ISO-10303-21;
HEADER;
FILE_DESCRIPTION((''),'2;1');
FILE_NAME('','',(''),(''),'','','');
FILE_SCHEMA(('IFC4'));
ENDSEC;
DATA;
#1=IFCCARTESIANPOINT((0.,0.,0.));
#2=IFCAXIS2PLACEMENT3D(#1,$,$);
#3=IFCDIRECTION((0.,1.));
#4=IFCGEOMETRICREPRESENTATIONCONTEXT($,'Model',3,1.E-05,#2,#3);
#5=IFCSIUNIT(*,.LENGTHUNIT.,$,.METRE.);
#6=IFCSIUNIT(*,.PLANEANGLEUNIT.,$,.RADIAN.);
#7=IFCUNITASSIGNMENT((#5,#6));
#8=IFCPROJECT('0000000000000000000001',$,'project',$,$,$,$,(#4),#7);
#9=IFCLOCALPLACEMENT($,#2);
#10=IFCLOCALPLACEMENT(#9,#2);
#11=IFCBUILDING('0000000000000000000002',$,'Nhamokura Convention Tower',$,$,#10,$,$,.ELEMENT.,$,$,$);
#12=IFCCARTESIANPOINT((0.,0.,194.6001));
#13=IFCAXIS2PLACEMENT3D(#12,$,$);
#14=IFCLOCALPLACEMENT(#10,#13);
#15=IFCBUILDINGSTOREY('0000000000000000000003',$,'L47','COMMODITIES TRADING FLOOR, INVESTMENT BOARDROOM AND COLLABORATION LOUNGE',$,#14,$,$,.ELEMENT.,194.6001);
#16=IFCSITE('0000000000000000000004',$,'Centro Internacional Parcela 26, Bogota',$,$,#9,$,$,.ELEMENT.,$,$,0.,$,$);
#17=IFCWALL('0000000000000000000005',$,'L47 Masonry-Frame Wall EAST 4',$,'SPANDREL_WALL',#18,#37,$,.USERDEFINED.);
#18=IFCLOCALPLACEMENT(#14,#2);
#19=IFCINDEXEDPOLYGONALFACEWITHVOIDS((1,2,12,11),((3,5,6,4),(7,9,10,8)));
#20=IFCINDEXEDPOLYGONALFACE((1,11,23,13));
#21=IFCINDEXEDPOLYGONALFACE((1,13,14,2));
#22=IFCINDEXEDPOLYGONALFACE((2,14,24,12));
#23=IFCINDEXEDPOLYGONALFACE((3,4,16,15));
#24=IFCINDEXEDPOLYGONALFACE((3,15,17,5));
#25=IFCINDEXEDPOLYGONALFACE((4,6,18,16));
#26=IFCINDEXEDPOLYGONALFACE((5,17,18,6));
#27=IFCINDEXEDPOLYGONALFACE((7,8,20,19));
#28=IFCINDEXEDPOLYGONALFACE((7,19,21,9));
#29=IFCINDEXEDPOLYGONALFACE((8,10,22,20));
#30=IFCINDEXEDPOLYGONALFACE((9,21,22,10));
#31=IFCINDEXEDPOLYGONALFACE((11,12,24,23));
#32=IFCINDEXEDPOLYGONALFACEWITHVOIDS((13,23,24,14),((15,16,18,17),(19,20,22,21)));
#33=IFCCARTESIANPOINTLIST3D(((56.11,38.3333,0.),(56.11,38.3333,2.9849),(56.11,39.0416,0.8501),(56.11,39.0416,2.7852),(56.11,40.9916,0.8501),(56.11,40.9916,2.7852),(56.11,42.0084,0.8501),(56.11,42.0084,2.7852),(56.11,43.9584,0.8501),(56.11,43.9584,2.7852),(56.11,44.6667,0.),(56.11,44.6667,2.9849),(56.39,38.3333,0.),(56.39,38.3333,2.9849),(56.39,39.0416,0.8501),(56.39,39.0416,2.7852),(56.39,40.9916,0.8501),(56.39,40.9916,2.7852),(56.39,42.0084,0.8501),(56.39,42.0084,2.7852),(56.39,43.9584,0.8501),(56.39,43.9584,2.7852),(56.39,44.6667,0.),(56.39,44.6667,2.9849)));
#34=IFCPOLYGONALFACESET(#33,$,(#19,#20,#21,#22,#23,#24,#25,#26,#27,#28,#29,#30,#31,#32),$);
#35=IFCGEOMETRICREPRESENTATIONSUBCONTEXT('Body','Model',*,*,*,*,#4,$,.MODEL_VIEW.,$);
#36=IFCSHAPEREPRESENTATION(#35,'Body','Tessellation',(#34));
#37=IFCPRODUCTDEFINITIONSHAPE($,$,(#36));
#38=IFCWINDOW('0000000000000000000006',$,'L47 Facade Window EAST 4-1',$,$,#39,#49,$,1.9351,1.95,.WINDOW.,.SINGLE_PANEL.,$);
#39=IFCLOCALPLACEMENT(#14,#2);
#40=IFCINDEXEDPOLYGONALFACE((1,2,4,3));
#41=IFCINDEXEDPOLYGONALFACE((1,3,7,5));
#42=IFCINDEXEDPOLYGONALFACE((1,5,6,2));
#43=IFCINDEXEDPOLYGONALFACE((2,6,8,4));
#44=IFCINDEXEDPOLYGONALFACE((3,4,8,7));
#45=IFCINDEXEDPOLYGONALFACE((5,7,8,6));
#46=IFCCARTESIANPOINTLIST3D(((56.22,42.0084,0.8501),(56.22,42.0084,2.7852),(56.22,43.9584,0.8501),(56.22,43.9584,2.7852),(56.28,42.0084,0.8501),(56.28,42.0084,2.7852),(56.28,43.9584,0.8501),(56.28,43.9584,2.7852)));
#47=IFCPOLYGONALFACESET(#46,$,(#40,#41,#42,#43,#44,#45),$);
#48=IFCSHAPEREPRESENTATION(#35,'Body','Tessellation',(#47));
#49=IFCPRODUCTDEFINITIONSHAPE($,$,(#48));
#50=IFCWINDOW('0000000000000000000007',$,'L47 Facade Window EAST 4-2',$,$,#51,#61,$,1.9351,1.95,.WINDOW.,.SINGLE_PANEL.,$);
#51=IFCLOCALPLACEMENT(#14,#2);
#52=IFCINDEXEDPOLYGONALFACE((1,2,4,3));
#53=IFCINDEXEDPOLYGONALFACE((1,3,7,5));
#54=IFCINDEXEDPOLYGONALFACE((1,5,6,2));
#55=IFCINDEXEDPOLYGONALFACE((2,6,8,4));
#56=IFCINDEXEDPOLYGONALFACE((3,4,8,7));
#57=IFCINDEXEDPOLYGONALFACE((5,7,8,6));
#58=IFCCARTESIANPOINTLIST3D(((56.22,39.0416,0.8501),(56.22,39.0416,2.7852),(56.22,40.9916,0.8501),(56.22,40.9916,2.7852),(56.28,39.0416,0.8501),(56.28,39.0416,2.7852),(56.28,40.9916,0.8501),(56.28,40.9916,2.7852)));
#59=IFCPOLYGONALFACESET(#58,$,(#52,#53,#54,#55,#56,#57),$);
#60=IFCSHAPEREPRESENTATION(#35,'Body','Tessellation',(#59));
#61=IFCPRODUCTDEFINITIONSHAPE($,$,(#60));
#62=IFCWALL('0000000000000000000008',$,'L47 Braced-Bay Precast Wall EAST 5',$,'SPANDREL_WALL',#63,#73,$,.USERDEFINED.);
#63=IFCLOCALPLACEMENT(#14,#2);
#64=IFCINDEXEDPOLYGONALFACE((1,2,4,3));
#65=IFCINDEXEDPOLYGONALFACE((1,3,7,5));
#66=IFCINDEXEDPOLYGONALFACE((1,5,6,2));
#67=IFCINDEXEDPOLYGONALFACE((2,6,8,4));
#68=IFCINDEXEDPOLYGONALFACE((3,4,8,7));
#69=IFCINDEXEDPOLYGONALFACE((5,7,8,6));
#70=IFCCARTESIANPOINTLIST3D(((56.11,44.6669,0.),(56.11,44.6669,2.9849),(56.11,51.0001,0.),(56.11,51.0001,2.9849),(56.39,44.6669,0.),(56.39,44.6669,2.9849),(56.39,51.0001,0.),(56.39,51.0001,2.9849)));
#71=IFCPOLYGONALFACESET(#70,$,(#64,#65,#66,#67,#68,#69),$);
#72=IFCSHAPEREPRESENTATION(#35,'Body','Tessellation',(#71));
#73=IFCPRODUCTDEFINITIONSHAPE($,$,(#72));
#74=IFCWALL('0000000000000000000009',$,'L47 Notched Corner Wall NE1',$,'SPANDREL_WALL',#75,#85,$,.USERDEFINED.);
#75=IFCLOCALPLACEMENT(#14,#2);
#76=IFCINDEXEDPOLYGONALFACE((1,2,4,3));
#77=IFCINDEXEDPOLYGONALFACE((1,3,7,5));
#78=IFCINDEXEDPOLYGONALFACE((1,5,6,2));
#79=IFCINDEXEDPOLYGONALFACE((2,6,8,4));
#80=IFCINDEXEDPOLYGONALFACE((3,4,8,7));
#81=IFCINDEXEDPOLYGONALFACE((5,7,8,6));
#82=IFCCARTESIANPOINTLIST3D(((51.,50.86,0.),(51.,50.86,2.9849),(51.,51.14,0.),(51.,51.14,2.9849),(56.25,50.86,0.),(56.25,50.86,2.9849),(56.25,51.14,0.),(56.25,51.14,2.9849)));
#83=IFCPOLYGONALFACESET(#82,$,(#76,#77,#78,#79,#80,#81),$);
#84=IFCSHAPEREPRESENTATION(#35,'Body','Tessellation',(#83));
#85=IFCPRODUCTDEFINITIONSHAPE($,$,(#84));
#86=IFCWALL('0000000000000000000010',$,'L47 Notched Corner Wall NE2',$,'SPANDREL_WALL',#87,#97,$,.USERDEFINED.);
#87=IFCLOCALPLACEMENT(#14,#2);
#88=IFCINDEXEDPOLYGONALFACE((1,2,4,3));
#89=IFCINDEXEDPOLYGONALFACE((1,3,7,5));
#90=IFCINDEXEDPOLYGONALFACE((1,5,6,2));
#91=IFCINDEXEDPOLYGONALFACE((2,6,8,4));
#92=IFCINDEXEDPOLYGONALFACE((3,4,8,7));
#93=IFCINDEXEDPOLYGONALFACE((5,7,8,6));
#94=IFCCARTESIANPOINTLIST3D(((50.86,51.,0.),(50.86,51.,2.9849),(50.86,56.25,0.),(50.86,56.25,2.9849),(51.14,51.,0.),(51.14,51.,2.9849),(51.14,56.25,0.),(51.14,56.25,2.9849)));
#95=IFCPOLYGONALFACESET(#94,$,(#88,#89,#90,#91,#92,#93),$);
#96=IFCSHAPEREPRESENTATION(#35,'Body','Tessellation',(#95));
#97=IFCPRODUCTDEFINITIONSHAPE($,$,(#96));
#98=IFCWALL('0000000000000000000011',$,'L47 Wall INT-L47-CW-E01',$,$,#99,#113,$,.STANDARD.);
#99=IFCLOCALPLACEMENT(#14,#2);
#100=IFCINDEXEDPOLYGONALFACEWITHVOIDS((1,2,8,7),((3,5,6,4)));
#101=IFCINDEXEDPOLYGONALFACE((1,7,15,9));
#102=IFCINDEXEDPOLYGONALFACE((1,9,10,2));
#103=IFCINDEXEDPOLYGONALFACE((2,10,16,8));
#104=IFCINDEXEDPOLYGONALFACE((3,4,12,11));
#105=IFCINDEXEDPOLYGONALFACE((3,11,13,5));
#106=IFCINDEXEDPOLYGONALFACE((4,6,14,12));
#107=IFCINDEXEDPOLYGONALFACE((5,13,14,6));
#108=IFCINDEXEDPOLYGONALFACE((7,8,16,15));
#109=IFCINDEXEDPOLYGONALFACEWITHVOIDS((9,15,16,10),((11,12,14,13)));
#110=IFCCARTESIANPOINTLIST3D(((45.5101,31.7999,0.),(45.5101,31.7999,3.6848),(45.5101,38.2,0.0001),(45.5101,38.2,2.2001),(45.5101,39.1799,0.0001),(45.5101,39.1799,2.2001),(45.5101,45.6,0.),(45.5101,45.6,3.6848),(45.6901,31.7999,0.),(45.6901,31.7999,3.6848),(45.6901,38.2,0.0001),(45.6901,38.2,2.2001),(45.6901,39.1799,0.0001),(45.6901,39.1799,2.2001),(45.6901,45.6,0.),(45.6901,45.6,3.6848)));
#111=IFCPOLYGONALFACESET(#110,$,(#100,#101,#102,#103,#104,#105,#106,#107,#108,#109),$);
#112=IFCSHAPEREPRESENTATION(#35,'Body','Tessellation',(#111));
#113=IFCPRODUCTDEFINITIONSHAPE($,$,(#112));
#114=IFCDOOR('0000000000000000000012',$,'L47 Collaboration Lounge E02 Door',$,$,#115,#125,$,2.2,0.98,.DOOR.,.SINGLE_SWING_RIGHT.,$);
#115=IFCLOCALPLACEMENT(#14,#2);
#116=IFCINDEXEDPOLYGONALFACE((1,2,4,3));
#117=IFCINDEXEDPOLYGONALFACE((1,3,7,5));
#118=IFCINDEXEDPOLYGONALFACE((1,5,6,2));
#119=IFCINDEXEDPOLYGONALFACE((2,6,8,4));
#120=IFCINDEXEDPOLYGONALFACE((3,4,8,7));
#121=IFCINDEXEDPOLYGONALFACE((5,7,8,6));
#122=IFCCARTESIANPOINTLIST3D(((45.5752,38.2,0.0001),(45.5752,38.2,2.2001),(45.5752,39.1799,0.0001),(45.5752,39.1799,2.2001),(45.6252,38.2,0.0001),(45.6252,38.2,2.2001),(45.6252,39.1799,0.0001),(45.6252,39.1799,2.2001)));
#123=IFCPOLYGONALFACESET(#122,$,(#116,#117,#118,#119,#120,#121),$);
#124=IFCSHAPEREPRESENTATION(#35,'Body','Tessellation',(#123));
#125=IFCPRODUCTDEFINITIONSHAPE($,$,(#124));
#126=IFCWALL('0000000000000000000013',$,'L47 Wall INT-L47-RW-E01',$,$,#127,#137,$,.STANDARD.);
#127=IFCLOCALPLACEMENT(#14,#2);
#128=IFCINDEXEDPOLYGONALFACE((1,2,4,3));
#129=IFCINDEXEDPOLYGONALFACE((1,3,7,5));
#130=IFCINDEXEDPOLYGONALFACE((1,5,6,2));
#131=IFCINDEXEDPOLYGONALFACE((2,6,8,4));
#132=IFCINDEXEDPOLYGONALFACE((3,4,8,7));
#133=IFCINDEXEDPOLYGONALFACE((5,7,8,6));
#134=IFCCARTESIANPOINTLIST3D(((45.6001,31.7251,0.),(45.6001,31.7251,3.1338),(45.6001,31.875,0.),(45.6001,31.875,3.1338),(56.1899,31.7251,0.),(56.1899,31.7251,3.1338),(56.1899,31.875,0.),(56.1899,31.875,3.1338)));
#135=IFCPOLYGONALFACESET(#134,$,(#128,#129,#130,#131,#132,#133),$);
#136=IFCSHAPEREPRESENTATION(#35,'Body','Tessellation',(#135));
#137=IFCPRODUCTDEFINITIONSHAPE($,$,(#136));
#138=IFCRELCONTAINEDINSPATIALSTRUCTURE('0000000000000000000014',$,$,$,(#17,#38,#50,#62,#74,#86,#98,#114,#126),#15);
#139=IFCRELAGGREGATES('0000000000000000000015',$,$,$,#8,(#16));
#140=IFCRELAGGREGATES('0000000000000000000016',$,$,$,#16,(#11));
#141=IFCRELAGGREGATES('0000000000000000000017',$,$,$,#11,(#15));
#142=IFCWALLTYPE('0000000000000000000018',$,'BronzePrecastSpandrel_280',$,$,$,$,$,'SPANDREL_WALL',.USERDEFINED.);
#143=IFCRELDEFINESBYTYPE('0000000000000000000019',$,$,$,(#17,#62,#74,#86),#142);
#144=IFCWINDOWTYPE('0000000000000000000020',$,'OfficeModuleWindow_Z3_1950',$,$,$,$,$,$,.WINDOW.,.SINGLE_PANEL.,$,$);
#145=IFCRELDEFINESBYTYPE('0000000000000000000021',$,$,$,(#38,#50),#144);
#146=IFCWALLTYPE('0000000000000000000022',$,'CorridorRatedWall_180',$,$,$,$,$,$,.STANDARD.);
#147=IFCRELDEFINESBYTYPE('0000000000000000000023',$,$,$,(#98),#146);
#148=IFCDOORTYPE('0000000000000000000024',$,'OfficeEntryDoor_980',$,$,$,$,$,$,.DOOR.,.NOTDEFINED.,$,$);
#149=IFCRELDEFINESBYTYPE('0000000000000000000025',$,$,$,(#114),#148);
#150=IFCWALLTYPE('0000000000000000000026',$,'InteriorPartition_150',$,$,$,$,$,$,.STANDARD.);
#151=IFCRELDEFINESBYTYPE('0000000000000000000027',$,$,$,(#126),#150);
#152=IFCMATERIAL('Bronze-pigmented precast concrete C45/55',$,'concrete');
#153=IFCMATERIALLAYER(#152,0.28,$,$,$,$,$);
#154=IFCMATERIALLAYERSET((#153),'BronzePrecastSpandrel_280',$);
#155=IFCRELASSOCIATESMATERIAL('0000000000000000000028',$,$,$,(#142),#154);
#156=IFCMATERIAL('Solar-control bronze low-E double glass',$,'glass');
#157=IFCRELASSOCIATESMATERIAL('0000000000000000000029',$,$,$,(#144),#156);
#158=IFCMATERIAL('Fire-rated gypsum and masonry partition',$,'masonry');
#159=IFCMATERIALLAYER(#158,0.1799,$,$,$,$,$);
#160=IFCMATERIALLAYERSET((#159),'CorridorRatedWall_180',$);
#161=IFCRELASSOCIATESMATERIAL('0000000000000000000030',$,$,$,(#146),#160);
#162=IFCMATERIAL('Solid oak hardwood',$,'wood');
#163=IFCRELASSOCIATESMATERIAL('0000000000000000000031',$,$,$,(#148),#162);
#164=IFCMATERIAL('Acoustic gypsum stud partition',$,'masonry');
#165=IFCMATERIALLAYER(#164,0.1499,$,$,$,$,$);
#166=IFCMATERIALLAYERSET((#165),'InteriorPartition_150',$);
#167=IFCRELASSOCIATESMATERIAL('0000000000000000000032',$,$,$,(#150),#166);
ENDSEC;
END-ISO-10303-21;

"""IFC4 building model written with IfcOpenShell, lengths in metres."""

from ifc_helpers import new_model, si_unit, direction, frame, frame_2d, origin, place, context, subcontext, project, spatial, rectangle, extrude, material, layer, layer_set, type_object, element, fill, save


model = new_model("IFC4")

# Units and contexts
model_context = context("Model", 3, precision=1e-05, world=origin(), true_north=direction((0.0, 1.0)))
body_context = subcontext(model_context, "Body", "Model", "MODEL_VIEW")
ifc_project = project(units=[si_unit("LENGTHUNIT", "METRE"), si_unit("PLANEANGLEUNIT", "RADIAN")], contexts=[model_context])

# Site, building, storey
site_placement = place(None, origin())
site = spatial("IfcSite", under=ifc_project, at=site_placement, Name="Centro Internacional Parcela 26, Bogota", CompositionType="ELEMENT", RefElevation=0.0)
building_placement = place(site_placement, origin())
building = spatial("IfcBuilding", under=site, at=building_placement, Name="Nhamokura Convention Tower", CompositionType="ELEMENT")
storey_placement = place(building_placement, frame((0.0, 0.0, 194.6001)))
storey = spatial("IfcBuildingStorey", under=building, at=storey_placement, Name="L47", Description="COMMODITIES TRADING FLOOR, INVESTMENT BOARDROOM AND COLLABORATION LOUNGE", CompositionType="ELEMENT", Elevation=194.6001)

# Shared definitions
ifc_material_1 = material(Name="Bronze-pigmented precast concrete C45/55", Category="concrete")
ifc_layer_1 = layer(ifc_material_1, 0.28)
ifc_layer_set_1 = layer_set([ifc_layer_1], Name="BronzePrecastSpandrel_280")
wall_type_1 = type_object("IfcWallType", Name="BronzePrecastSpandrel_280", ElementType="SPANDREL_WALL", PredefinedType="USERDEFINED", material=ifc_layer_set_1)

# Wall, openings, windows
wall_1_placement = place(storey_placement, frame((56.25, 44.6667, 0.0), z_axis=(0.0, 0.0, 1.0), x_axis=(0.0, -1.0, 0.0)))
wall_1 = element("IfcWall", 1, at=wall_1_placement, inside=storey, type_object=wall_type_1, Name="L47 Masonry-Frame Wall EAST 4", ObjectType="SPANDREL_WALL", PredefinedType="USERDEFINED", context=body_context, shape_type="SweptSolid", body=[
    extrude(rectangle(XDim=6.3335, YDim=0.28, at=frame_2d((3.1667, 0.0))), origin(), (0.0, 0.0, 1.0), 2.9849),
])
opening_1_placement = place(wall_1_placement, frame((0.7083, 0.0, 0.8501)))
opening_1 = element("IfcOpeningElement", 2, at=opening_1_placement, cuts=wall_1, PredefinedType="OPENING", context=body_context, shape_type="SweptSolid", body=[
    extrude(rectangle(XDim=1.95, YDim=1.9351, at=frame_2d((0.9751, 0.9675))), frame((0.0, 0.1499, 0.0), z_axis=(0.0, -1.0, 0.0), x_axis=(1.0, 0.0, 0.0)), (0.0, 0.0, 1.0), 0.3),
])
opening_2_placement = place(wall_1_placement, frame((3.675, 0.0, 0.8501)))
opening_2 = element("IfcOpeningElement", 3, at=opening_2_placement, cuts=wall_1, PredefinedType="OPENING", context=body_context, shape_type="SweptSolid", body=[
    extrude(rectangle(XDim=1.95, YDim=1.9351, at=frame_2d((0.9751, 0.9675))), frame((0.0, 0.1499, 0.0), z_axis=(0.0, -1.0, 0.0), x_axis=(1.0, 0.0, 0.0)), (0.0, 0.0, 1.0), 0.3),
])
ifc_material_2 = material(Name="Solar-control bronze low-E double glass", Category="glass")
window_type_1 = type_object("IfcWindowType", Name="OfficeModuleWindow_Z3_1950", PartitioningType="SINGLE_PANEL", PredefinedType="WINDOW", material=ifc_material_2)
window_1_placement = place(opening_1_placement, origin())
window_1 = element("IfcWindow", 4, at=window_1_placement, inside=storey, type_object=window_type_1, Name="L47 Facade Window EAST 4-1", OverallHeight=1.9351, OverallWidth=1.95, PartitioningType="SINGLE_PANEL", PredefinedType="WINDOW", context=body_context, shape_type="SweptSolid", body=[
    extrude(rectangle(XDim=1.95, YDim=1.9351, at=frame_2d((0.9751, 0.9675))), frame((0.0, 0.03, 0.0), z_axis=(0.0, -1.0, 0.0), x_axis=(1.0, 0.0, 0.0)), (0.0, 0.0, 1.0), 0.0601),
])
fill(opening_1, window_1)
window_2_placement = place(opening_2_placement, origin())
window_2 = element("IfcWindow", 5, at=window_2_placement, inside=storey, type_object=window_type_1, Name="L47 Facade Window EAST 4-2", OverallHeight=1.9351, OverallWidth=1.95, PartitioningType="SINGLE_PANEL", PredefinedType="WINDOW", context=body_context, shape_type="SweptSolid", body=[
    extrude(rectangle(XDim=1.95, YDim=1.9351, at=frame_2d((0.9751, 0.9675))), frame((0.0, 0.03, 0.0), z_axis=(0.0, -1.0, 0.0), x_axis=(1.0, 0.0, 0.0)), (0.0, 0.0, 1.0), 0.0601),
])
fill(opening_2, window_2)

# Walls
wall_2_placement = place(storey_placement, frame((56.25, 51.0, 0.0), z_axis=(0.0, 0.0, 1.0), x_axis=(0.0, -1.0, 0.0)))
element("IfcWall", 6, at=wall_2_placement, inside=storey, type_object=wall_type_1, Name="L47 Braced-Bay Precast Wall EAST 5", ObjectType="SPANDREL_WALL", PredefinedType="USERDEFINED", context=body_context, shape_type="SweptSolid", body=[
    extrude(rectangle(XDim=6.3333, YDim=0.28, at=frame_2d((3.1665, 0.0))), origin(), (0.0, 0.0, 1.0), 2.9849),
])
for number, where, z_axis, x_axis, name in (
    (7, (51.0, 51.0, 0.0), (0.0, 0.0, 1.0), (1.0, 0.0, 0.0), "L47 Notched Corner Wall NE1"),
    (8, (51.0, 56.25, 0.0), (0.0, 0.0, 1.0), (0.0, -1.0, 0.0), "L47 Notched Corner Wall NE2"),
):
    element("IfcWall", number, at=place(storey_placement, frame(where, z_axis=z_axis, x_axis=x_axis)), inside=storey, type_object=wall_type_1, Name=name, ObjectType="SPANDREL_WALL", PredefinedType="USERDEFINED", context=body_context, shape_type="SweptSolid", body=[
        extrude(rectangle(XDim=5.25, YDim=0.28, at=frame_2d((2.625, 0.0))), origin(), (0.0, 0.0, 1.0), 2.9849),
    ])

# Wall, opening, door
ifc_material_3 = material(Name="Fire-rated gypsum and masonry partition", Category="masonry")
ifc_layer_2 = layer(ifc_material_3, 0.1799)
ifc_layer_set_2 = layer_set([ifc_layer_2], Name="CorridorRatedWall_180")
wall_type_2 = type_object("IfcWallType", Name="CorridorRatedWall_180", PredefinedType="STANDARD", material=ifc_layer_set_2)
wall_3_placement = place(storey_placement, frame((45.6001, 31.8, 0.0), z_axis=(0.0, 0.0, 1.0), x_axis=(0.0, 1.0, 0.0)))
wall_3 = element("IfcWall", 9, at=wall_3_placement, inside=storey, type_object=wall_type_2, Name="L47 Wall INT-L47-CW-E01", PredefinedType="STANDARD", context=body_context, shape_type="SweptSolid", body=[
    extrude(rectangle(XDim=13.8, YDim=0.1799, at=frame_2d((6.8999, 0.0))), origin(), (0.0, 0.0, 1.0), 3.6848),
])
opening_3_placement = place(wall_3_placement, frame((6.3999, 0.0, 0.0)))
opening_3 = element("IfcOpeningElement", 10, at=opening_3_placement, cuts=wall_3, PredefinedType="OPENING", context=body_context, shape_type="SweptSolid", body=[
    extrude(rectangle(XDim=0.98, YDim=2.2, at=frame_2d((0.49, 1.1001))), frame((0.0, 0.0999, 0.0), z_axis=(0.0, -1.0, 0.0), x_axis=(1.0, 0.0, 0.0)), (0.0, 0.0, 1.0), 0.2),
])
ifc_material_4 = material(Name="Solid oak hardwood", Category="wood")
door_type = type_object("IfcDoorType", Name="OfficeEntryDoor_980", OperationType="NOTDEFINED", PredefinedType="DOOR", material=ifc_material_4)
door_placement = place(opening_3_placement, origin())
door = element("IfcDoor", 11, at=door_placement, inside=storey, type_object=door_type, Name="L47 Collaboration Lounge E02 Door", OperationType="SINGLE_SWING_RIGHT", OverallHeight=2.2, OverallWidth=0.98, PredefinedType="DOOR", context=body_context, shape_type="SweptSolid", body=[
    extrude(rectangle(XDim=0.98, YDim=2.2, at=frame_2d((0.49, 1.1001))), frame((0.0, 0.0249, 0.0), z_axis=(0.0, -1.0, 0.0), x_axis=(1.0, 0.0, 0.0)), (0.0, 0.0, 1.0), 0.05),
])
fill(opening_3, door)

# Wall
ifc_material_5 = material(Name="Acoustic gypsum stud partition", Category="masonry")
ifc_layer_3 = layer(ifc_material_5, 0.1499)
ifc_layer_set_3 = layer_set([ifc_layer_3], Name="InteriorPartition_150")
wall_type_3 = type_object("IfcWallType", Name="InteriorPartition_150", PredefinedType="STANDARD", material=ifc_layer_set_3)
wall_4_placement = place(storey_placement, frame((45.6001, 31.8, 0.0), z_axis=(0.0, 0.0, 1.0), x_axis=(1.0, 0.0, 0.0)))
element("IfcWall", 12, at=wall_4_placement, inside=storey, type_object=wall_type_3, Name="L47 Wall INT-L47-RW-E01", PredefinedType="STANDARD", context=body_context, shape_type="SweptSolid", body=[
    extrude(rectangle(XDim=10.5898, YDim=0.1499, at=frame_2d((5.2949, 0.0))), origin(), (0.0, 0.0, 1.0), 3.1338),
])

save(model, "model.ifc")
